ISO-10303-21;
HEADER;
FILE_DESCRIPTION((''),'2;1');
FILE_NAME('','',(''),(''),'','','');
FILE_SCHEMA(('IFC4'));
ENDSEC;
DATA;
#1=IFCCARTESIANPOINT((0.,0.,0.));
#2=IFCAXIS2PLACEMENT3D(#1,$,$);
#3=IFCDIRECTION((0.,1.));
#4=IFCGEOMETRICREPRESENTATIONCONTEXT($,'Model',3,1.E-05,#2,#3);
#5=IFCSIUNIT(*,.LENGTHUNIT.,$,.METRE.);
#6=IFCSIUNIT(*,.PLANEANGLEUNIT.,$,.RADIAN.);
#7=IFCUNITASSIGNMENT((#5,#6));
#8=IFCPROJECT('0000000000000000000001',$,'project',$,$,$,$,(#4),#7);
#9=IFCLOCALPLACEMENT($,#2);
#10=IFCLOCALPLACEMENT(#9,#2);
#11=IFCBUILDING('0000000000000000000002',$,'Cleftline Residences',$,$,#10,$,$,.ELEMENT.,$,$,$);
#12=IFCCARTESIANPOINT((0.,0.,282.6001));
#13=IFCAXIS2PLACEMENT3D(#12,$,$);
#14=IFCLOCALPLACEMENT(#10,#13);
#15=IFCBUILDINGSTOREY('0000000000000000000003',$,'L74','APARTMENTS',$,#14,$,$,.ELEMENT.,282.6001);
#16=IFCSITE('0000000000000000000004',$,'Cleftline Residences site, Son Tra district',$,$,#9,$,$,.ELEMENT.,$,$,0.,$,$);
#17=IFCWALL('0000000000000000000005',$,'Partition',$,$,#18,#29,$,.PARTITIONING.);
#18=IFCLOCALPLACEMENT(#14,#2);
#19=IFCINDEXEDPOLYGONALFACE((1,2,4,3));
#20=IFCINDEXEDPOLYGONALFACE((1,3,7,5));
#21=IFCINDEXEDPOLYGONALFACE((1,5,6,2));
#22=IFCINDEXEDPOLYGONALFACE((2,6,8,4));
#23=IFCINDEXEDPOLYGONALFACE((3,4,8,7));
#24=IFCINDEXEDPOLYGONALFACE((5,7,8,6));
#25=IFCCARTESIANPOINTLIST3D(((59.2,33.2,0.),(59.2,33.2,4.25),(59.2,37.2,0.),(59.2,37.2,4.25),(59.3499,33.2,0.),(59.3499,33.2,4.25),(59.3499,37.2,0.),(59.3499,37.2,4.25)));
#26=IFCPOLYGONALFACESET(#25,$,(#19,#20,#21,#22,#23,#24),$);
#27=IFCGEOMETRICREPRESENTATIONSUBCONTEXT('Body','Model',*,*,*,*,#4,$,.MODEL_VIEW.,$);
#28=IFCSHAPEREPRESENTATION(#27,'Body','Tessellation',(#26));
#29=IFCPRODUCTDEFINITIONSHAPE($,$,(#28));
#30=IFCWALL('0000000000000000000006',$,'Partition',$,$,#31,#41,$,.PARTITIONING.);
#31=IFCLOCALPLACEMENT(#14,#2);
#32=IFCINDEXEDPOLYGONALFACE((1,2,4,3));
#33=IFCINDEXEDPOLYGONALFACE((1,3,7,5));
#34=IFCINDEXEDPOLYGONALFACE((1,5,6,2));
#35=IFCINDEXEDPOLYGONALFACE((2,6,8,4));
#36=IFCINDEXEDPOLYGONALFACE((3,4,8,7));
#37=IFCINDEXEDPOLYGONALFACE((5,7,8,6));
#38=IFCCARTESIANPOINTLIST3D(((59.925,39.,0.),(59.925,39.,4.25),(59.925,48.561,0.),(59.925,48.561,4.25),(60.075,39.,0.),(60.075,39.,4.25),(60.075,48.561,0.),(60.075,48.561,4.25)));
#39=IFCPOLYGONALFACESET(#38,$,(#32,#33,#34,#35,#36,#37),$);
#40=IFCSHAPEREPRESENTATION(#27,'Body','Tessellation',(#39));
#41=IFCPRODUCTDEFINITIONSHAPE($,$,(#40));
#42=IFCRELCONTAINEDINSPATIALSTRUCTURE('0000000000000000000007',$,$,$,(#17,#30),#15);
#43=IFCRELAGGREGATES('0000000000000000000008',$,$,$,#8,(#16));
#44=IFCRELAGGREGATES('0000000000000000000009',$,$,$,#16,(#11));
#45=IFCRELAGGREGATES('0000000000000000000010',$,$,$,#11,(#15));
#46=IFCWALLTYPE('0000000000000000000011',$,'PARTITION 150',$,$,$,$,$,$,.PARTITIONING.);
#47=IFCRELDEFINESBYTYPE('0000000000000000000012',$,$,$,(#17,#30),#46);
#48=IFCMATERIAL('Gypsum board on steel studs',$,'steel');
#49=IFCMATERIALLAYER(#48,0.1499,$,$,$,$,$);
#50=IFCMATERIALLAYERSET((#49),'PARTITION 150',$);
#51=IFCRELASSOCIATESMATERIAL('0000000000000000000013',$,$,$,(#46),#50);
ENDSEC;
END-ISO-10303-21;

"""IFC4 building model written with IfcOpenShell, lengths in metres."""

from ifc_helpers import new_model, si_unit, direction, frame, frame_2d, origin, place, context, subcontext, project, spatial, rectangle, extrude, material, layer, layer_set, type_object, element, save


model = new_model("IFC4")

# Units and contexts
model_context = context("Model", 3, precision=1e-05, world=origin(), true_north=direction((0.0, 1.0)))
body_context = subcontext(model_context, "Body", "Model", "MODEL_VIEW")
ifc_project = project(units=[si_unit("LENGTHUNIT", "METRE"), si_unit("PLANEANGLEUNIT", "RADIAN")], contexts=[model_context])

# Site, building, storey
site_placement = place(None, origin())
site = spatial("IfcSite", under=ifc_project, at=site_placement, Name="Cleftline Residences site, Son Tra district", CompositionType="ELEMENT", RefElevation=0.0)
building_placement = place(site_placement, origin())
building = spatial("IfcBuilding", under=site, at=building_placement, Name="Cleftline Residences", CompositionType="ELEMENT")
storey_placement = place(building_placement, frame((0.0, 0.0, 282.6001)))
storey = spatial("IfcBuildingStorey", under=building, at=storey_placement, Name="L74", Description="APARTMENTS", CompositionType="ELEMENT", Elevation=282.6001)

# Shared definitions
ifc_material_1 = material(Name="Gypsum board on steel studs", Category="steel")
ifc_layer = layer(ifc_material_1, 0.1499)
ifc_layer_set = layer_set([ifc_layer], Name="PARTITION 150")
wall_type = type_object("IfcWallType", Name="PARTITION 150", PredefinedType="PARTITIONING", material=ifc_layer_set)

# Walls
wall_1_placement = place(storey_placement, frame((59.2749, 33.2, 0.0), z_axis=(0.0, 0.0, 1.0), x_axis=(0.0, 1.0, 0.0)))
element("IfcWall", 1, at=wall_1_placement, inside=storey, type_object=wall_type, Name="Partition", PredefinedType="PARTITIONING", context=body_context, shape_type="SweptSolid", body=[
    extrude(rectangle(XDim=4.0, YDim=0.1499, at=frame_2d((2.0, 0.0))), origin(), (0.0, 0.0, 1.0), 4.25),
])
wall_2_placement = place(storey_placement, frame((60.0, 39.0, 0.0), z_axis=(0.0, 0.0, 1.0), x_axis=(0.0, 1.0, 0.0)))
element("IfcWall", 2, at=wall_2_placement, inside=storey, type_object=wall_type, Name="Partition", PredefinedType="PARTITIONING", context=body_context, shape_type="SweptSolid", body=[
    extrude(rectangle(XDim=9.561, YDim=0.1499, at=frame_2d((4.7805, 0.0))), origin(), (0.0, 0.0, 1.0), 4.25),
])

save(model, "model.ifc")
